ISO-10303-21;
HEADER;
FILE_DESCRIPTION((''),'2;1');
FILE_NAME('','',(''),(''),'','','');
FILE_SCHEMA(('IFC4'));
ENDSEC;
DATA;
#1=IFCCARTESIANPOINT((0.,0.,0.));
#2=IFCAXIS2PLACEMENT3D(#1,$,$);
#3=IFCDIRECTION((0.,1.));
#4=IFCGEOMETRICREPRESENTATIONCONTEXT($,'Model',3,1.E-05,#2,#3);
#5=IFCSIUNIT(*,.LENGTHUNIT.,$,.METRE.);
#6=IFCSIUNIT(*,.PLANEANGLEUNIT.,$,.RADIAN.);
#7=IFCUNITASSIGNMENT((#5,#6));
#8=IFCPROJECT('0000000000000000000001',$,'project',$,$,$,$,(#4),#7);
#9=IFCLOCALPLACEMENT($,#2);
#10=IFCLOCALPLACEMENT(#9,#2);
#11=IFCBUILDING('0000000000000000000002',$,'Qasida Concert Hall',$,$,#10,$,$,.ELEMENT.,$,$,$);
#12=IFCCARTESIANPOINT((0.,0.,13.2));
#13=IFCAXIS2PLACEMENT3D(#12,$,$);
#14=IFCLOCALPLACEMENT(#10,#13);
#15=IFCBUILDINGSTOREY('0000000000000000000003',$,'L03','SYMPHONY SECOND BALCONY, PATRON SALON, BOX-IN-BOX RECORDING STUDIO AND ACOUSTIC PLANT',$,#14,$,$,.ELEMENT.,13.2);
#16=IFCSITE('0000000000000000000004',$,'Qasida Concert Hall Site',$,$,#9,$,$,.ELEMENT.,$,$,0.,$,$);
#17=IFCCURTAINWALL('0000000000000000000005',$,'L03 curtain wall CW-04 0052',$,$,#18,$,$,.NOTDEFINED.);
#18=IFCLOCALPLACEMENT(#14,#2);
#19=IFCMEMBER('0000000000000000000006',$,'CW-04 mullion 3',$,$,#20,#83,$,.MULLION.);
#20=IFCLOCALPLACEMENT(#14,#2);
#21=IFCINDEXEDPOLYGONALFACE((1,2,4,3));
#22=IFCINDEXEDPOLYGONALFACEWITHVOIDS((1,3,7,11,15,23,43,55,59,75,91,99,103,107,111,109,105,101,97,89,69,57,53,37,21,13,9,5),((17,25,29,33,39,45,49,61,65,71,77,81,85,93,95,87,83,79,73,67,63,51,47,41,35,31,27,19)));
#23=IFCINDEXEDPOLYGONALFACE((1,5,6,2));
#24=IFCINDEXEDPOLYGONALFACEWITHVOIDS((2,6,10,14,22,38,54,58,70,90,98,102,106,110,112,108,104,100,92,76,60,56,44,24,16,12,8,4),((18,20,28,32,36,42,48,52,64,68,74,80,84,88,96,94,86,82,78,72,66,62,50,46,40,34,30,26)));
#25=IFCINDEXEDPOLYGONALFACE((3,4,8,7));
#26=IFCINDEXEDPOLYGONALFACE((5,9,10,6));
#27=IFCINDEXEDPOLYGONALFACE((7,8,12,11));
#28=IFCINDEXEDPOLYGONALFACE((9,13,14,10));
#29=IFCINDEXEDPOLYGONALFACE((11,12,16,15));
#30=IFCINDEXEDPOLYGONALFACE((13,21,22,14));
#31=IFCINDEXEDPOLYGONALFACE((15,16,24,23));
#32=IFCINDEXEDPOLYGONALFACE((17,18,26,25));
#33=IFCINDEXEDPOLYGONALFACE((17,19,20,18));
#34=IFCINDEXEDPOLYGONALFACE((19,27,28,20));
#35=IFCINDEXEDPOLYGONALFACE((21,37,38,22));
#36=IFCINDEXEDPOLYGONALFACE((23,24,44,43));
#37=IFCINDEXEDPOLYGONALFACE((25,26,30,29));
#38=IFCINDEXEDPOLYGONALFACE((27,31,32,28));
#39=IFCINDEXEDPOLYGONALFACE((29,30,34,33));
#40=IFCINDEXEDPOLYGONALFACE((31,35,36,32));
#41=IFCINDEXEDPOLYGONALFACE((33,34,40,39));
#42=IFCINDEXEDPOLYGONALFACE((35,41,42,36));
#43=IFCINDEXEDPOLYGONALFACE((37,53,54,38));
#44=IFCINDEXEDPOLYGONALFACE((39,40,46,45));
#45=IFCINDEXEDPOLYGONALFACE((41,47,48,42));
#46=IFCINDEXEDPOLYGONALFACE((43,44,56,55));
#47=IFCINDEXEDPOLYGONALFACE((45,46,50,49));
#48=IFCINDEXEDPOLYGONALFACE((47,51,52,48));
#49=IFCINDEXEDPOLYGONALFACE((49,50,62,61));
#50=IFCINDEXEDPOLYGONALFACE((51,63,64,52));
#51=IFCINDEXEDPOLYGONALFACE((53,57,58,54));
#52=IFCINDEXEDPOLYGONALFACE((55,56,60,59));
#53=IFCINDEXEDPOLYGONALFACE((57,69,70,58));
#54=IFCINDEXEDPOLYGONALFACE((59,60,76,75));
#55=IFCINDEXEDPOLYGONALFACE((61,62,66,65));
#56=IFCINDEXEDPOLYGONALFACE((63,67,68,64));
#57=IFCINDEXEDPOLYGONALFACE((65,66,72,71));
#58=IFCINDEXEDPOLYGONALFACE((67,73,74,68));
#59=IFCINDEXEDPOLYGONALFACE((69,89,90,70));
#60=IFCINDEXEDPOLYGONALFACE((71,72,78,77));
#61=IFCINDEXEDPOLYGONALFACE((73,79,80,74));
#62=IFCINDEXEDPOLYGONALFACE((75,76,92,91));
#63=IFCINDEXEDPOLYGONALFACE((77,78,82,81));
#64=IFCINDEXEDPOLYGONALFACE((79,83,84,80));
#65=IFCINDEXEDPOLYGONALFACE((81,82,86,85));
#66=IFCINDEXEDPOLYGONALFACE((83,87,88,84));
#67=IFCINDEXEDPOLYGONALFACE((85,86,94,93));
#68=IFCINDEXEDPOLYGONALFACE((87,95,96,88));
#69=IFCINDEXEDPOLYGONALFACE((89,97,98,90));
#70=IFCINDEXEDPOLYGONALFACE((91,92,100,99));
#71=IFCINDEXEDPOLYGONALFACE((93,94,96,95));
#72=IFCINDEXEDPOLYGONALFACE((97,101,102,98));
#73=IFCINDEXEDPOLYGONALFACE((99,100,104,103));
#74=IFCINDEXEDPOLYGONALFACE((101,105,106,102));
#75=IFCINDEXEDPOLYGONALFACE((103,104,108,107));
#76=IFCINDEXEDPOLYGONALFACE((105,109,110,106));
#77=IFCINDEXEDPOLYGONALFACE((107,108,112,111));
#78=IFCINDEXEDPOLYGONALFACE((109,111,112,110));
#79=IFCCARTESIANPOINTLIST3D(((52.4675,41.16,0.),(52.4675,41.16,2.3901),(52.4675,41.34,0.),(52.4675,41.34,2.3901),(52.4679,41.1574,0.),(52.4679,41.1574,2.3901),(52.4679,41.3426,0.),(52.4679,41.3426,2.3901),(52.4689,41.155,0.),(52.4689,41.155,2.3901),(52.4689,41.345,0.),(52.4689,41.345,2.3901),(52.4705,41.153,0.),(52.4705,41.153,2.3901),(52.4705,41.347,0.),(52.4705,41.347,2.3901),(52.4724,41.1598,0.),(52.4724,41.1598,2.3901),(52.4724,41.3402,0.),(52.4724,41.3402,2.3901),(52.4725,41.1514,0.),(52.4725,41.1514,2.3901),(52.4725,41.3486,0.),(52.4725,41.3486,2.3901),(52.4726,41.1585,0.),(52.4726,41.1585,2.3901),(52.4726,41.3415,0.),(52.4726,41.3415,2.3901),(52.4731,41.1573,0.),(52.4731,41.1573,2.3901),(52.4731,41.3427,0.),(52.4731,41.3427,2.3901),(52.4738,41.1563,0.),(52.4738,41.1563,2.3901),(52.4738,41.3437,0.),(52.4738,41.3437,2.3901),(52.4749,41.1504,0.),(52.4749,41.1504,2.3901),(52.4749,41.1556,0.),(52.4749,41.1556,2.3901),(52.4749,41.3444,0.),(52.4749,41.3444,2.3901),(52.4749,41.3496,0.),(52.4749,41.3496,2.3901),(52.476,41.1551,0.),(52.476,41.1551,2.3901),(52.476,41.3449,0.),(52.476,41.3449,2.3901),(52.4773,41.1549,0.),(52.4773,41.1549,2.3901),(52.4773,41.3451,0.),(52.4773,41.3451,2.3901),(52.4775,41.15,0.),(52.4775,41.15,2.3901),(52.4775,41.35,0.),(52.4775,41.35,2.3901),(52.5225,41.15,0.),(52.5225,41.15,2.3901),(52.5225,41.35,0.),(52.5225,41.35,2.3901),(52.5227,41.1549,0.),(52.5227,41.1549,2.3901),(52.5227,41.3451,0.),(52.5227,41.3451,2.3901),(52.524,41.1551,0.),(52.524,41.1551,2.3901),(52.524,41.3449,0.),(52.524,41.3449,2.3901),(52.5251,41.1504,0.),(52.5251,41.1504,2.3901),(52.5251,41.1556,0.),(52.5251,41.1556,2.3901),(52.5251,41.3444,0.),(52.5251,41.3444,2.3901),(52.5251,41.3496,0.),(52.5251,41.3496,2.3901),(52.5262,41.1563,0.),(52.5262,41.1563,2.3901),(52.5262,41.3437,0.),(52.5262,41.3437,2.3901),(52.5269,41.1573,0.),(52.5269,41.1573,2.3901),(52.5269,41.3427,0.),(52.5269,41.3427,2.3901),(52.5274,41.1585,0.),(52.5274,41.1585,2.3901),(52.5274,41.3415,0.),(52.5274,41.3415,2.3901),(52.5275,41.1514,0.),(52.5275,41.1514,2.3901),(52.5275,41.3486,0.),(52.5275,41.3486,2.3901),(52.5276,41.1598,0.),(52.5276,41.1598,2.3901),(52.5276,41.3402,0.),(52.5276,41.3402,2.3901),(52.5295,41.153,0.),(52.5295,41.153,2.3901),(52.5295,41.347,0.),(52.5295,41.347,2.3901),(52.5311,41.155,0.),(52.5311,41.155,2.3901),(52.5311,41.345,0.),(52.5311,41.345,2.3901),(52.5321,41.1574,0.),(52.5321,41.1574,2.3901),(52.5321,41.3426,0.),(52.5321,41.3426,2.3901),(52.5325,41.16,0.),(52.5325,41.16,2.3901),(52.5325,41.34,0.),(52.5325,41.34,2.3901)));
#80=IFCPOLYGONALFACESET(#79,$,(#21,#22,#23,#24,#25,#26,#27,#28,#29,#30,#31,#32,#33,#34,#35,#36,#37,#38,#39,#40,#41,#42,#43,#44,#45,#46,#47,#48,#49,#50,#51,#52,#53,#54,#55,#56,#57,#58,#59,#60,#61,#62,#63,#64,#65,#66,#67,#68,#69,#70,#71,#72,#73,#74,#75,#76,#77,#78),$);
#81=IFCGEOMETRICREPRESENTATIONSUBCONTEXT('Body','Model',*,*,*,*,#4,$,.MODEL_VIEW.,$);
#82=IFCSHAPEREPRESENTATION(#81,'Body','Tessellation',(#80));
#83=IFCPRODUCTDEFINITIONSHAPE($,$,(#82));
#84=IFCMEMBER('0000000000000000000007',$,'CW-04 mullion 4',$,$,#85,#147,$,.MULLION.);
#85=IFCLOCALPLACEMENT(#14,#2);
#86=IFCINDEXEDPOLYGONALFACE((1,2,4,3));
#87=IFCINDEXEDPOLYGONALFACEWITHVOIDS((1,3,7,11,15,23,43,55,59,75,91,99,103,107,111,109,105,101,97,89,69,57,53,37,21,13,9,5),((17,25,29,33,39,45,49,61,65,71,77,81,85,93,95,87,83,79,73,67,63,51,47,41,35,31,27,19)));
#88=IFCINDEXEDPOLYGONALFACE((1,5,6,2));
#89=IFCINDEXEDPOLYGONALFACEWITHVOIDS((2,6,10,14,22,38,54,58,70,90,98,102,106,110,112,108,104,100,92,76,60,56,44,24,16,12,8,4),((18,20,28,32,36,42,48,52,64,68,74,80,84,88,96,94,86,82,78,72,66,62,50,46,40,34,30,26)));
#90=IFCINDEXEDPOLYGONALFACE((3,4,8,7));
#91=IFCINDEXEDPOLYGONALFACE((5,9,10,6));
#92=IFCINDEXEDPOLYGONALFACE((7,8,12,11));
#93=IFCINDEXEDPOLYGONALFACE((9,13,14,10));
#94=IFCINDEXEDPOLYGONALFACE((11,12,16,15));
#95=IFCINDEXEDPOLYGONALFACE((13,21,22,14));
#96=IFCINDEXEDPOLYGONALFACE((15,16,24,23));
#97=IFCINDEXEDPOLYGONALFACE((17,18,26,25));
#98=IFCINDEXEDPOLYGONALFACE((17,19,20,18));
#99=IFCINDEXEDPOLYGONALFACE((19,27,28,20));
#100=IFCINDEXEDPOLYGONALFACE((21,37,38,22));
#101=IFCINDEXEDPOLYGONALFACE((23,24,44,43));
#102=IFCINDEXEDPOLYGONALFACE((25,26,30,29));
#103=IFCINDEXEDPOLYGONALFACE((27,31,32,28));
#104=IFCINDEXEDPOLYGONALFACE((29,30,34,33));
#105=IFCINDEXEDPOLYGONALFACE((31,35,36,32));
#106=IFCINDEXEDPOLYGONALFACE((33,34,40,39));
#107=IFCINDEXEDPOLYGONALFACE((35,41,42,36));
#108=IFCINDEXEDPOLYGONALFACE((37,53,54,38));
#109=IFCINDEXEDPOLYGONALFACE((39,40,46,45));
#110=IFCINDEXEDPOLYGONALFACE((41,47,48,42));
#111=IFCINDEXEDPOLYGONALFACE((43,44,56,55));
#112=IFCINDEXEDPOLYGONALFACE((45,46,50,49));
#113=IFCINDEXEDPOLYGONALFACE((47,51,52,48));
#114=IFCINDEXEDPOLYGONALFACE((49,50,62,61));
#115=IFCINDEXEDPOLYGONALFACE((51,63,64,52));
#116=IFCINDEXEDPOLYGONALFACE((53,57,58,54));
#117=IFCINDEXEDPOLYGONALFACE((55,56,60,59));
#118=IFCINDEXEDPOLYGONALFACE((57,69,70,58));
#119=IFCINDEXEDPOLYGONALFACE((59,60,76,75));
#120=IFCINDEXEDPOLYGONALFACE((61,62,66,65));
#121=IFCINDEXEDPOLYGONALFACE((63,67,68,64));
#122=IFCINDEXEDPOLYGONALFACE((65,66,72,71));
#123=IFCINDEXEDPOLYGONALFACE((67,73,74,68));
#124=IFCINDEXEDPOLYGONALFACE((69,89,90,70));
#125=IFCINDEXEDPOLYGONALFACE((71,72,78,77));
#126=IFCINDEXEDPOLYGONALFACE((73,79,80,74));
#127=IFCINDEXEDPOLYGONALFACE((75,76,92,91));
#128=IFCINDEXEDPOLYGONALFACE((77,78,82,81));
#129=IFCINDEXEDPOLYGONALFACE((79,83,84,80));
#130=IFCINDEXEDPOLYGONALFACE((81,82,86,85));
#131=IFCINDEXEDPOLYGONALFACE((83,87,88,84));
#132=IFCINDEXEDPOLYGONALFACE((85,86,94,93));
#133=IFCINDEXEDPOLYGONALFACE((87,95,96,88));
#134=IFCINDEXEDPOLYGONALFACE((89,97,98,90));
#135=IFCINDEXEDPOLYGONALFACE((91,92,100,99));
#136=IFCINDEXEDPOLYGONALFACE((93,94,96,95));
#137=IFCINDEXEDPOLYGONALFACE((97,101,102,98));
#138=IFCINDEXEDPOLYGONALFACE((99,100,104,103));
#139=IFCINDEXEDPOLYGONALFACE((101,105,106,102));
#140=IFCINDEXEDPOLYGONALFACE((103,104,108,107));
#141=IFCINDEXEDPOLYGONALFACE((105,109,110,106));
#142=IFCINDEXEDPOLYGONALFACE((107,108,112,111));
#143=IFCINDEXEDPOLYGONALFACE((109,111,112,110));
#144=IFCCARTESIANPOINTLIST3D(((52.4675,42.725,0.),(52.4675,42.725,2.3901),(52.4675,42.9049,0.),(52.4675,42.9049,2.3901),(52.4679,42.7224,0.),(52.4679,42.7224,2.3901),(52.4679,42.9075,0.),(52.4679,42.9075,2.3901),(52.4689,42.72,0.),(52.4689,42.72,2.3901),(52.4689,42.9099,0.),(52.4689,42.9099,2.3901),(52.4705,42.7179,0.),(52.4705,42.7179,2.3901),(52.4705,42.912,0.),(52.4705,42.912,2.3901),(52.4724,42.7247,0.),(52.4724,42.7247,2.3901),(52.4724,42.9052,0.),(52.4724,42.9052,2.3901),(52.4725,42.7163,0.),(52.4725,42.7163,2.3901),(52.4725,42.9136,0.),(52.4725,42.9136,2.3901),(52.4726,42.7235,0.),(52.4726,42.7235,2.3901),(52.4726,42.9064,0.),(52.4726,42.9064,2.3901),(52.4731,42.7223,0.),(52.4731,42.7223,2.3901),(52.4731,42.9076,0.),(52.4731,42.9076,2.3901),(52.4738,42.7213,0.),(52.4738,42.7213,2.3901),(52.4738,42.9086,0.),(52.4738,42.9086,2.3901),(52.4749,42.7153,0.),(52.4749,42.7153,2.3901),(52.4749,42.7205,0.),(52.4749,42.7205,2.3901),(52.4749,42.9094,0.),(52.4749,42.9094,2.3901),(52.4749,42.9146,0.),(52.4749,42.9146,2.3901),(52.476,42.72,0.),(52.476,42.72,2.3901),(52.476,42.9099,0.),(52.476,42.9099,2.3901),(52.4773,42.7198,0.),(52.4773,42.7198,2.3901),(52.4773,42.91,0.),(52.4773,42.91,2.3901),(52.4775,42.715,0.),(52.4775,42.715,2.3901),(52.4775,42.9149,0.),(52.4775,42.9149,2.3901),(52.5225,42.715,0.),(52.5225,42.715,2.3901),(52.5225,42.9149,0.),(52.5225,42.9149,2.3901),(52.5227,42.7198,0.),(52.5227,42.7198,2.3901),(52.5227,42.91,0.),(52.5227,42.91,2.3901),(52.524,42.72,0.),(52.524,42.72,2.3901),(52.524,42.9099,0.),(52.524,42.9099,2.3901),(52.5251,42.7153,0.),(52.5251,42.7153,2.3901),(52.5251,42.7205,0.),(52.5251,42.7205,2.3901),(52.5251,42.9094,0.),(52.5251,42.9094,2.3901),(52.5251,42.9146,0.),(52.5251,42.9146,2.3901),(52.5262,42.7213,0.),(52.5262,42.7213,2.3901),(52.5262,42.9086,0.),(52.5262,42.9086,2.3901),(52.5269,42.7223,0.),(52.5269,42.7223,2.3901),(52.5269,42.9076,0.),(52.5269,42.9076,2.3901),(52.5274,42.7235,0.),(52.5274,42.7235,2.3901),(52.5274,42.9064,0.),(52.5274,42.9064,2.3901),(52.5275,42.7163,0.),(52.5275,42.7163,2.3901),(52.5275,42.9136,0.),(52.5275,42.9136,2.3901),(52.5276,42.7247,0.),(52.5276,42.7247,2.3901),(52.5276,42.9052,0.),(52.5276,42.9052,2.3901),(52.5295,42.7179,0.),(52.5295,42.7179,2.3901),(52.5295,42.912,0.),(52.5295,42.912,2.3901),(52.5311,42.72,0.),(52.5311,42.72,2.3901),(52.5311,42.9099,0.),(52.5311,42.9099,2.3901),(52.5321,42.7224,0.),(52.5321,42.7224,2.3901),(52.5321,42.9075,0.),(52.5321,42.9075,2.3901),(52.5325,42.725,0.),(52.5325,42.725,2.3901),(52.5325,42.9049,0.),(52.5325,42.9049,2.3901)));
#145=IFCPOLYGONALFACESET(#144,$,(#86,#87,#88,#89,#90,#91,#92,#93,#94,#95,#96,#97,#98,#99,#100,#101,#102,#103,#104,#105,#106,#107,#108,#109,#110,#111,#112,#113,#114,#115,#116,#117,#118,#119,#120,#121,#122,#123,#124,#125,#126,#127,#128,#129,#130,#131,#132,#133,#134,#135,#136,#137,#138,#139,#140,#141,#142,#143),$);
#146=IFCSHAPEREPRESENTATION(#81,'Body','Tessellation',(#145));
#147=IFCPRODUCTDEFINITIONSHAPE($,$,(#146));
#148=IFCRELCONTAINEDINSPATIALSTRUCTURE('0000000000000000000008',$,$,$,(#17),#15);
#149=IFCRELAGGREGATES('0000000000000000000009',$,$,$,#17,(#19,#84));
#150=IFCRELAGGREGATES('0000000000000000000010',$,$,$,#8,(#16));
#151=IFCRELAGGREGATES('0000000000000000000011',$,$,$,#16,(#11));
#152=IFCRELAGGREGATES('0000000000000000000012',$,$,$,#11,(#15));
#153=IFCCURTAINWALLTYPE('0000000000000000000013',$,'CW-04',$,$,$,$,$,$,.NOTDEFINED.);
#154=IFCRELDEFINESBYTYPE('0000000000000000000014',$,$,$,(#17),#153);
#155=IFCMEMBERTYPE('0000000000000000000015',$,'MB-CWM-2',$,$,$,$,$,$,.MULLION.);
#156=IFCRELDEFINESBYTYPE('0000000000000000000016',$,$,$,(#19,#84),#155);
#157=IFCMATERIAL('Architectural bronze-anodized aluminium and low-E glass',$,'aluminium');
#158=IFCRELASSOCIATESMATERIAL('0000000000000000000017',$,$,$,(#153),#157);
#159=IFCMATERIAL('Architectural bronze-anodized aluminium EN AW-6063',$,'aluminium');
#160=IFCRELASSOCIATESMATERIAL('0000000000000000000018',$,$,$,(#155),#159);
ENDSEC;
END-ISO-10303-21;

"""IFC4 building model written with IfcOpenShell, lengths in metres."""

from ifc_helpers import new_model, si_unit, direction, frame, origin, origin_2d, place, context, subcontext, project, spatial, hollow_rectangle, extrude, material, material_profile, profile_set, type_object, element, aggregate, save


model = new_model("IFC4")

# Units and contexts
model_context = context("Model", 3, precision=1e-05, world=origin(), true_north=direction((0.0, 1.0)))
body_context = subcontext(model_context, "Body", "Model", "MODEL_VIEW")
ifc_project = project(units=[si_unit("LENGTHUNIT", "METRE"), si_unit("PLANEANGLEUNIT", "RADIAN")], contexts=[model_context])

# Site, building, storey
site_placement = place(None, origin())
site = spatial("IfcSite", under=ifc_project, at=site_placement, Name="Qasida Concert Hall Site", CompositionType="ELEMENT", RefElevation=0.0)
building_placement = place(site_placement, origin())
building = spatial("IfcBuilding", under=site, at=building_placement, Name="Qasida Concert Hall", CompositionType="ELEMENT")
storey_placement = place(building_placement, frame((0.0, 0.0, 13.2)))
storey = spatial("IfcBuildingStorey", under=building, at=storey_placement, Name="L03", Description="SYMPHONY SECOND BALCONY, PATRON SALON, BOX-IN-BOX RECORDING STUDIO AND ACOUSTIC PLANT", CompositionType="ELEMENT", Elevation=13.2)

# Curtain wall, members
ifc_material_1 = material(Name="Architectural bronze-anodized aluminium and low-E glass", Category="aluminium")
curtain_wall_type = type_object("IfcCurtainWallType", Name="CW-04", PredefinedType="NOTDEFINED", material=ifc_material_1)
curtain_wall_placement = place(storey_placement, origin())
curtain_wall = element("IfcCurtainWall", 1, at=curtain_wall_placement, inside=storey, type_object=curtain_wall_type, Name="L03 curtain wall CW-04 0052", PredefinedType="NOTDEFINED")
ifc_material_2 = material(Name="Architectural bronze-anodized aluminium EN AW-6063", Category="aluminium")
ifc_material_profile_1 = material_profile(ifc_material_2, hollow_rectangle(XDim=0.0649, YDim=0.2, WallThickness=0.0049, InnerFilletRadius=0.0049, OuterFilletRadius=0.01, at=origin_2d()), Name="CWM 200x65x5")
ifc_profile_set_1 = profile_set([ifc_material_profile_1], Name="Architectural bronze-anodized aluminium EN AW-6063")
member_type_1 = type_object("IfcMemberType", Name="MB-CWM-2", PredefinedType="MULLION", material=ifc_profile_set_1)
member_1_placement = place(storey_placement, frame((52.5, 41.25, 0.0), z_axis=(0.0, 0.0, 1.0), x_axis=(-1.0, 0.0, 0.0)))
member_1 = element("IfcMember", 2, at=member_1_placement, type_object=member_type_1, Name="CW-04 mullion 3", PredefinedType="MULLION", context=body_context, shape_type="SweptSolid", body=[
    extrude(hollow_rectangle(XDim=0.0649, YDim=0.2, WallThickness=0.0049, InnerFilletRadius=0.0049, OuterFilletRadius=0.01, at=origin_2d()), origin(), (0.0, 0.0, 1.0), 2.3901),
])
member_2_placement = place(storey_placement, frame((52.5, 42.8149, 0.0), z_axis=(0.0, 0.0, 1.0), x_axis=(-1.0, 0.0, 0.0)))
member_2 = element("IfcMember", 3, at=member_2_placement, type_object=member_type_1, Name="CW-04 mullion 4", PredefinedType="MULLION", context=body_context, shape_type="SweptSolid", body=[
    extrude(hollow_rectangle(XDim=0.0649, YDim=0.2, WallThickness=0.0049, InnerFilletRadius=0.0049, OuterFilletRadius=0.01, at=origin_2d()), origin(), (0.0, 0.0, 1.0), 2.3901),
])
aggregate(curtain_wall, [member_1, member_2])

save(model, "model.ifc")
